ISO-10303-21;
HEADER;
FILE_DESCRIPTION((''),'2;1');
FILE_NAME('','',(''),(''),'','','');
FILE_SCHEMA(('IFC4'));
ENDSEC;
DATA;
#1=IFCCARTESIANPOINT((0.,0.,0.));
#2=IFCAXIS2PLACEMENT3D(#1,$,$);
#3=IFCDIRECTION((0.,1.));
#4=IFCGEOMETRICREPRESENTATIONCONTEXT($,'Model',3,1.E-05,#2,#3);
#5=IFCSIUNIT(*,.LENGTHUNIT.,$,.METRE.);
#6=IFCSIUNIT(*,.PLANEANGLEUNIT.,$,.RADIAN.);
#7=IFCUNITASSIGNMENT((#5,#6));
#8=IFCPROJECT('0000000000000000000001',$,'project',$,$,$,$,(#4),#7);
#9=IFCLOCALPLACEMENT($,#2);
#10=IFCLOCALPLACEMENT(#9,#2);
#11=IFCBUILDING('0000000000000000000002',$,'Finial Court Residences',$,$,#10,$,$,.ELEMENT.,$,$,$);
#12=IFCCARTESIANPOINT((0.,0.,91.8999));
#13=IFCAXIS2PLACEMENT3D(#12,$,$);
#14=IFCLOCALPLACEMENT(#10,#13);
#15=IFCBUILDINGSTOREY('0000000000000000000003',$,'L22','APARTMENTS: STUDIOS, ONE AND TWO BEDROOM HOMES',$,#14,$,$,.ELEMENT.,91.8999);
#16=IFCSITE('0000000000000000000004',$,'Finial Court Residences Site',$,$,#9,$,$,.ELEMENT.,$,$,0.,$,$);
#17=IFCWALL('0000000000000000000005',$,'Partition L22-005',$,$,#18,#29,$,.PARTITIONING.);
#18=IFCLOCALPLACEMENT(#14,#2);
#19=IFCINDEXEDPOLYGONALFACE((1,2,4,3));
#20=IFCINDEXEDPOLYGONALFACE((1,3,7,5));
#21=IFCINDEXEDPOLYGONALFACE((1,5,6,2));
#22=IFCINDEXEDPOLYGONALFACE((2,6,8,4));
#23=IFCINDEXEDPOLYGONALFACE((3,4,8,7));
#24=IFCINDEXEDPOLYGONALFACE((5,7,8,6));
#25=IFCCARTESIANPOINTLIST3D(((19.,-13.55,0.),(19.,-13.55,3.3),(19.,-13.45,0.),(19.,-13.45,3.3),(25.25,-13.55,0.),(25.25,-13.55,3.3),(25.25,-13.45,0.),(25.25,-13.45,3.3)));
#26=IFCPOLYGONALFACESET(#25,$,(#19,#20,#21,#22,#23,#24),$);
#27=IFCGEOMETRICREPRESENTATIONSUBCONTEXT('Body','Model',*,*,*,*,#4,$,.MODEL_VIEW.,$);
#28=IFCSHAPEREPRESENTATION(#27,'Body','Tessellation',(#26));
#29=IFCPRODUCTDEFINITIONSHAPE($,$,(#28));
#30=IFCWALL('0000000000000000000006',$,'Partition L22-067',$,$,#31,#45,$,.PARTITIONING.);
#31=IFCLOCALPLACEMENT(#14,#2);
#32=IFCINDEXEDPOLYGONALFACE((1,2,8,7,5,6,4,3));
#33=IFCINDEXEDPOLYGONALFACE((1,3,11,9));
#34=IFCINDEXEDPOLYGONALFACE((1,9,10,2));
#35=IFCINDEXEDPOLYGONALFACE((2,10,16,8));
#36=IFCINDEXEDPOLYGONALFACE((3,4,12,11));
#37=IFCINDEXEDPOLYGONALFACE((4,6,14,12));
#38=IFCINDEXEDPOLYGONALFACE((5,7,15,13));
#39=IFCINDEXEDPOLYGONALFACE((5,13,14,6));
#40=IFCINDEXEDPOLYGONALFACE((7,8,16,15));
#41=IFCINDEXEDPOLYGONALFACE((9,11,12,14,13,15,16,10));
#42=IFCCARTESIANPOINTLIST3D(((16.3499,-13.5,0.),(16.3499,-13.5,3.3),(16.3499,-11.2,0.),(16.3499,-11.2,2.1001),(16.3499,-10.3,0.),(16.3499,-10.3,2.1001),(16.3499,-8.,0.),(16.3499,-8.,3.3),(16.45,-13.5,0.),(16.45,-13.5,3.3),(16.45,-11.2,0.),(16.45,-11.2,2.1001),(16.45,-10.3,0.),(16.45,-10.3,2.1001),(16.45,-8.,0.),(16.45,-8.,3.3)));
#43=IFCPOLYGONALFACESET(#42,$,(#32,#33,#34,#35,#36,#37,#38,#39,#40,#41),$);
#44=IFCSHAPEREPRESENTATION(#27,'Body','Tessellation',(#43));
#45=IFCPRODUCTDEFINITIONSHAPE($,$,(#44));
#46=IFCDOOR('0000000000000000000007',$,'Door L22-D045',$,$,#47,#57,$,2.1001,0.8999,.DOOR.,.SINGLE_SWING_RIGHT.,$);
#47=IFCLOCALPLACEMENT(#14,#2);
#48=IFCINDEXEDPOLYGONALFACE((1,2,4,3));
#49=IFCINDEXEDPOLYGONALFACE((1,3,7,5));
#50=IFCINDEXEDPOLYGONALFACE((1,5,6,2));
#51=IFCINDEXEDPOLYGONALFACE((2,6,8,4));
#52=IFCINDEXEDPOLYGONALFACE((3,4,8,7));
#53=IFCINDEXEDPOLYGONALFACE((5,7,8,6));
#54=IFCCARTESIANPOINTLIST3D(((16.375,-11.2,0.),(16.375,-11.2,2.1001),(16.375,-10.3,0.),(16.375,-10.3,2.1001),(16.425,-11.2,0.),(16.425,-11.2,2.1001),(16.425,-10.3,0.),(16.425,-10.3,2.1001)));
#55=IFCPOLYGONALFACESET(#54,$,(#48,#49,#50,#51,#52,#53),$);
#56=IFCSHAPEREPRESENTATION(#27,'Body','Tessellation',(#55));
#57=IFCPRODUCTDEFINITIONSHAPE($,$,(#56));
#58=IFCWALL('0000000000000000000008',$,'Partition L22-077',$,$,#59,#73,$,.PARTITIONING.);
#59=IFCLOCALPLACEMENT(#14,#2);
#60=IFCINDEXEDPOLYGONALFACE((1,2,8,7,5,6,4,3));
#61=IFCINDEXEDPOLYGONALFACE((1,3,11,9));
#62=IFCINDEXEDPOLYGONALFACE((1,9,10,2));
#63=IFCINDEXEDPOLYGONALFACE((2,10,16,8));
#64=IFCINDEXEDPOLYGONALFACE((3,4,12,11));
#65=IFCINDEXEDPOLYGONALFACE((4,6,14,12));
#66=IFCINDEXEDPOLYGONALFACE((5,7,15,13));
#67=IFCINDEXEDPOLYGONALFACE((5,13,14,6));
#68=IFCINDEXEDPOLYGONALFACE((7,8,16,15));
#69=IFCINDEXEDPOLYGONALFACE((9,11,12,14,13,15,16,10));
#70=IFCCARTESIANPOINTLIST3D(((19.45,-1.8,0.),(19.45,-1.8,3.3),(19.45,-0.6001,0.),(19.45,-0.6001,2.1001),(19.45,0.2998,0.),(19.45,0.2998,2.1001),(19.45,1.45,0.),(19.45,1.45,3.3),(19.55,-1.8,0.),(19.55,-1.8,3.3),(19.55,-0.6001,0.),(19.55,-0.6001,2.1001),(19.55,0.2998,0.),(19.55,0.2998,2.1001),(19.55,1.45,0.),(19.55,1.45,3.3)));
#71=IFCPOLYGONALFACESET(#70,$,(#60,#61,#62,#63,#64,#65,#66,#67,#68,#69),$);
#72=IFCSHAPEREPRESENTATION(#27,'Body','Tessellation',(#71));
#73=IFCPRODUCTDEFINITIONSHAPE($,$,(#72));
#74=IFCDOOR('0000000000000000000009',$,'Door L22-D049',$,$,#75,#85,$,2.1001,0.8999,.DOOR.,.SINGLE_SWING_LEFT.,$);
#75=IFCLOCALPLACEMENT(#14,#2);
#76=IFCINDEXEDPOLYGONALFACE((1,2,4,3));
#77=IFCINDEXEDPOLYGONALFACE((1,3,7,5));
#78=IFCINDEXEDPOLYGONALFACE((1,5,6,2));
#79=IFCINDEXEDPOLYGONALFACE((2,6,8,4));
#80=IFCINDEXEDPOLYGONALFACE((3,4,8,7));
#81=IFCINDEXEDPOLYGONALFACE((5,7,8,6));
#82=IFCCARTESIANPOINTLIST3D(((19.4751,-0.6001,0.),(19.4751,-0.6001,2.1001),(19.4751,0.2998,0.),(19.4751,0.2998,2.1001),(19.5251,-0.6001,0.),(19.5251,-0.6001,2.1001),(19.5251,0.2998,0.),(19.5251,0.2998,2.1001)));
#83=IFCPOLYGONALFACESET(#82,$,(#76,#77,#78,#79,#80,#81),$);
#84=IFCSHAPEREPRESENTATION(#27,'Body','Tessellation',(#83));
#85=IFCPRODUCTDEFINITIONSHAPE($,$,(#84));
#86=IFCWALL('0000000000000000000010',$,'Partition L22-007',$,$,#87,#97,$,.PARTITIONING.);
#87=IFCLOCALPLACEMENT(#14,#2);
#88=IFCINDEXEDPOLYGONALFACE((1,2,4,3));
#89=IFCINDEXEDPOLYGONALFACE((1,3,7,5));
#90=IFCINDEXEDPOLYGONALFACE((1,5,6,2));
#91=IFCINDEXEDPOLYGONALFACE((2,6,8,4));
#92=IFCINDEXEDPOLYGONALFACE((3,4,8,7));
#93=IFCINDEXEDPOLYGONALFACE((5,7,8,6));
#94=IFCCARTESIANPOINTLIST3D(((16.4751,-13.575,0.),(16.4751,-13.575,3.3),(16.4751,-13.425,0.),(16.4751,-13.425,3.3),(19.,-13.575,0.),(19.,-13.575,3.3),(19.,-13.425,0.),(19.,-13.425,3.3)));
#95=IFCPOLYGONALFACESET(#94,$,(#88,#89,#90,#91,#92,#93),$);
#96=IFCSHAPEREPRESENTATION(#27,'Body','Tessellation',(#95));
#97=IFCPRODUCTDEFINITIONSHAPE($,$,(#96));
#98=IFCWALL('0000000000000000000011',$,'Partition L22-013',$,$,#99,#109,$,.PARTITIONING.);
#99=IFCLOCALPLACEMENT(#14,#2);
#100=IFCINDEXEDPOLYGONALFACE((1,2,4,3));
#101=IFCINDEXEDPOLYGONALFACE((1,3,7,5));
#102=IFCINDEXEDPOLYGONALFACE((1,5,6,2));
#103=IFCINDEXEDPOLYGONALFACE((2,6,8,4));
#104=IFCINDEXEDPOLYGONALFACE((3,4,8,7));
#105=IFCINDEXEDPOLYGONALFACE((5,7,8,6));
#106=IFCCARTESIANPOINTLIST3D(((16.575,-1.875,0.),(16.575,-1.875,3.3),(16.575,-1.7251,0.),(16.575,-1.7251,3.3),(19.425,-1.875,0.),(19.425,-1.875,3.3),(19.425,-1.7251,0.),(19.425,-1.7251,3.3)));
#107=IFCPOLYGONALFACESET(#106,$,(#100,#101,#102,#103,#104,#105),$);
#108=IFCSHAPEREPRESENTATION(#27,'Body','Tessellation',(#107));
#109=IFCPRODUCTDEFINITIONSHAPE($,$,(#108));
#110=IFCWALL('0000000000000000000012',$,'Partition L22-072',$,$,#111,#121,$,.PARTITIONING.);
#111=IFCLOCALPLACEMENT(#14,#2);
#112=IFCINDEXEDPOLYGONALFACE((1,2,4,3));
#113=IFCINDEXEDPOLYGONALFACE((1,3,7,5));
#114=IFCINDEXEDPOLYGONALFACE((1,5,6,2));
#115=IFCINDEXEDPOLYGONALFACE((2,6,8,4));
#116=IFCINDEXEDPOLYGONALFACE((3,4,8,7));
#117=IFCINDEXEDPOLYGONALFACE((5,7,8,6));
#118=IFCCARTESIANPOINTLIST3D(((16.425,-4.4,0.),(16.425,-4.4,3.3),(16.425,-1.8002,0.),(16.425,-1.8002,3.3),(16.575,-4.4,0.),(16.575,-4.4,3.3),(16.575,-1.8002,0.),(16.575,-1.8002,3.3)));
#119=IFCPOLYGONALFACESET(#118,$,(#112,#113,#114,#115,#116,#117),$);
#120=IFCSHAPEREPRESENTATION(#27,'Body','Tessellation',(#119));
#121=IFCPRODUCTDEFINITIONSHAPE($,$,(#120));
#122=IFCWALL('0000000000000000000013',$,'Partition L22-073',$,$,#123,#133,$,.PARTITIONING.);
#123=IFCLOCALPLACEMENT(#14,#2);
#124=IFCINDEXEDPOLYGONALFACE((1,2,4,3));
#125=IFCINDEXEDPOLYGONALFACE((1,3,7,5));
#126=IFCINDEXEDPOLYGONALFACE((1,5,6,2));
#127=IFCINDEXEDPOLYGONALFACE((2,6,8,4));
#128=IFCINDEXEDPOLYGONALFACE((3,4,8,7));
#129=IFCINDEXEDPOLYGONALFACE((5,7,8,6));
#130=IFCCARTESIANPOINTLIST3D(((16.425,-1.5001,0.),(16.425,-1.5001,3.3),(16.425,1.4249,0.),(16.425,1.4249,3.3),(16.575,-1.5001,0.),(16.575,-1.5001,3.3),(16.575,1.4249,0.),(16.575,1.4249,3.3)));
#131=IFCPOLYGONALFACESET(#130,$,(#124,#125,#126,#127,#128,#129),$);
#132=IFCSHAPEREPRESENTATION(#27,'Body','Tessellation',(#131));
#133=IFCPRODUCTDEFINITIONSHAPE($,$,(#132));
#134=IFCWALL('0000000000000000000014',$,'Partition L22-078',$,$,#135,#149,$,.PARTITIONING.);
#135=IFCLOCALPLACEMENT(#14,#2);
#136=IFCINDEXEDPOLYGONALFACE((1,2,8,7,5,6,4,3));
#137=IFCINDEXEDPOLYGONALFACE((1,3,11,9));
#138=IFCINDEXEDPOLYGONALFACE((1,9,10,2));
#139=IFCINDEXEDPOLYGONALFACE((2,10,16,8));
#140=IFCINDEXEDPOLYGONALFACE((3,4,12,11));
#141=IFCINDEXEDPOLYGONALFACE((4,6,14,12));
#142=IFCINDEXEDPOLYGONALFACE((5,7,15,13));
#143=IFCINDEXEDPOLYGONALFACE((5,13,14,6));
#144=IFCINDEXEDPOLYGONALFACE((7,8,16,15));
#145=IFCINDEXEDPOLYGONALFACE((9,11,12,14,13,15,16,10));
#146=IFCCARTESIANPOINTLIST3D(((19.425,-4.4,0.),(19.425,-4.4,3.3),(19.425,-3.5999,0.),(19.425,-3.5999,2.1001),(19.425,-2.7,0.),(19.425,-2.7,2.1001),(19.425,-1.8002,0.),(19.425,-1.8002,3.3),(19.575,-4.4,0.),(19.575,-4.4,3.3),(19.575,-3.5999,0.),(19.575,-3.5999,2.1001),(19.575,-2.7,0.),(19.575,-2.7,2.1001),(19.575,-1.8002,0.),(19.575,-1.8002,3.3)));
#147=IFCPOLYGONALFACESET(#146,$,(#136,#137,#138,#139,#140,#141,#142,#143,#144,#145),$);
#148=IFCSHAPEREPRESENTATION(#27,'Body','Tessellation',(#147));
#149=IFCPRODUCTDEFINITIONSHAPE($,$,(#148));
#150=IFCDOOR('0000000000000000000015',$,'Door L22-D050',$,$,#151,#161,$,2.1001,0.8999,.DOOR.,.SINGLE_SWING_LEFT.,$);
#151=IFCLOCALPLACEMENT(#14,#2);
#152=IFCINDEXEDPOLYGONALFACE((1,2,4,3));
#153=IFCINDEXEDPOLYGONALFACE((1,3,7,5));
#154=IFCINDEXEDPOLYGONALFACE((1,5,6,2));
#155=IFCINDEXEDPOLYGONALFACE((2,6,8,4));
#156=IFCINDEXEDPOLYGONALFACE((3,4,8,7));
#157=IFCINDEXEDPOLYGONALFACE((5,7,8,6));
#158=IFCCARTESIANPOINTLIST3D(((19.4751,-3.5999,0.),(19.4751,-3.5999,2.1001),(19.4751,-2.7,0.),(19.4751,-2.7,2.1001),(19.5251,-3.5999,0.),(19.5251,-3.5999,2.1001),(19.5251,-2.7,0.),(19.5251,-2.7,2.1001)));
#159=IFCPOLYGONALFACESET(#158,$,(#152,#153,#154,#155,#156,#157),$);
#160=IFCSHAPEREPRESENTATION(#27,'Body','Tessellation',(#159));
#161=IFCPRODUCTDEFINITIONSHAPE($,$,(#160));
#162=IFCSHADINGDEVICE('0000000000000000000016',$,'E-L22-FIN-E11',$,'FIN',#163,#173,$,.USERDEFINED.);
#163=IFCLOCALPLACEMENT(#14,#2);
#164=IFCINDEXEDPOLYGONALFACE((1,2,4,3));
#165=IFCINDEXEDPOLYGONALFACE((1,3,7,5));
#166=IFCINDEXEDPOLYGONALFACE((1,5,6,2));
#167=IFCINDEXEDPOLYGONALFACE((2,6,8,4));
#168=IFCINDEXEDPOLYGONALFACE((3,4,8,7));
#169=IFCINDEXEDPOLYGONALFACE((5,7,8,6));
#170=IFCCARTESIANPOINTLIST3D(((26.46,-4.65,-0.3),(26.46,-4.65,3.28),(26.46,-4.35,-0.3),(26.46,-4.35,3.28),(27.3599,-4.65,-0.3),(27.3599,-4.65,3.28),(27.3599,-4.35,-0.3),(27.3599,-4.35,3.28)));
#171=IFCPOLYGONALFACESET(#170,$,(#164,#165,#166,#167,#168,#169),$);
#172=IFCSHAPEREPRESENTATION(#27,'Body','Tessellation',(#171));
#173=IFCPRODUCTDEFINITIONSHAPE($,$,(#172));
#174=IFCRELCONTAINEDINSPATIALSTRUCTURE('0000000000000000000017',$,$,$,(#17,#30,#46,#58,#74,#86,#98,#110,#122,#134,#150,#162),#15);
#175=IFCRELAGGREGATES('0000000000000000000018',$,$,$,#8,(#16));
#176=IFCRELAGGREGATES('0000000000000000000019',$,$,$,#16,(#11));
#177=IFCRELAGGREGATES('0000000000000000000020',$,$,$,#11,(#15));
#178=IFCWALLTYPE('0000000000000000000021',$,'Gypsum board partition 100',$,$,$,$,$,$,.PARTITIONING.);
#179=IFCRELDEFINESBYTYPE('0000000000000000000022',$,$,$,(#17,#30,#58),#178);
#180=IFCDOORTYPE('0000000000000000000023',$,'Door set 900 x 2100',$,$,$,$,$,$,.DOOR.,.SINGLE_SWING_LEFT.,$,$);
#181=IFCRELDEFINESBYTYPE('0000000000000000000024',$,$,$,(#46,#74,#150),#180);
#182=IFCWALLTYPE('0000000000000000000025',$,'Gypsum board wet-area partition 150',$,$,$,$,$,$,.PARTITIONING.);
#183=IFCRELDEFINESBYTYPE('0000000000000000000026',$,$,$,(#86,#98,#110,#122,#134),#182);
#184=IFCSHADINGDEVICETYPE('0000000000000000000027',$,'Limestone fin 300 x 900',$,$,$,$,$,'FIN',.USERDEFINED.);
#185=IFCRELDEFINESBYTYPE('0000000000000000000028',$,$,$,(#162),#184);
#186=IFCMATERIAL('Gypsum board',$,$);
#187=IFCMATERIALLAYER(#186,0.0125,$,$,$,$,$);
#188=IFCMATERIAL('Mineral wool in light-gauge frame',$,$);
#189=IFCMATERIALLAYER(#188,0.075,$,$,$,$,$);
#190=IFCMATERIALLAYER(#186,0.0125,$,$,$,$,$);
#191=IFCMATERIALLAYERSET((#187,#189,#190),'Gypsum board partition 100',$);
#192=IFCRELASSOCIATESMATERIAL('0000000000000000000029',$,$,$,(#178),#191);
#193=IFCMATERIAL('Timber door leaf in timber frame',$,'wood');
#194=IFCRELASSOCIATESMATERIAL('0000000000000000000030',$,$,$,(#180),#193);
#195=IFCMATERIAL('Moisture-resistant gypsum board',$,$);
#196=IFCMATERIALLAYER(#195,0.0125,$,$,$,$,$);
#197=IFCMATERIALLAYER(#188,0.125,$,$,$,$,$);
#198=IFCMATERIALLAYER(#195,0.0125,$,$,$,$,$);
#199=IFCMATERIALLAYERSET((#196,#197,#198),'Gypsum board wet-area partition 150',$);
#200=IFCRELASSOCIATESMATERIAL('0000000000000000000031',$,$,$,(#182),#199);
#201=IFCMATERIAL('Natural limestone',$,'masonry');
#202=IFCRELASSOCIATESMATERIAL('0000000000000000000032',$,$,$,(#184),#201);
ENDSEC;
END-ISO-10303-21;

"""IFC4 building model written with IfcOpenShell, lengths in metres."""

from ifc_helpers import new_model, si_unit, direction, frame, frame_2d, origin, origin_2d, place, context, subcontext, project, spatial, rectangle, extrude, material, layer, layer_set, type_object, element, fill, save


model = new_model("IFC4")

# Units and contexts
model_context = context("Model", 3, precision=1e-05, world=origin(), true_north=direction((0.0, 1.0)))
body_context = subcontext(model_context, "Body", "Model", "MODEL_VIEW")
ifc_project = project(units=[si_unit("LENGTHUNIT", "METRE"), si_unit("PLANEANGLEUNIT", "RADIAN")], contexts=[model_context])

# Site, building, storey
site_placement = place(None, origin())
site = spatial("IfcSite", under=ifc_project, at=site_placement, Name="Finial Court Residences Site", CompositionType="ELEMENT", RefElevation=0.0)
building_placement = place(site_placement, origin())
building = spatial("IfcBuilding", under=site, at=building_placement, Name="Finial Court Residences", CompositionType="ELEMENT")
storey_placement = place(building_placement, frame((0.0, 0.0, 91.8999)))
storey = spatial("IfcBuildingStorey", under=building, at=storey_placement, Name="L22", Description="APARTMENTS: STUDIOS, ONE AND TWO BEDROOM HOMES", CompositionType="ELEMENT", Elevation=91.8999)

# Wall
ifc_material_1 = material(Name="Gypsum board")
ifc_layer_1 = layer(ifc_material_1, 0.0125)
ifc_material_2 = material(Name="Mineral wool in light-gauge frame")
ifc_layer_2 = layer(ifc_material_2, 0.075)
ifc_layer_3 = layer(ifc_material_1, 0.0125)
ifc_layer_set_1 = layer_set([ifc_layer_1, ifc_layer_2, ifc_layer_3], Name="Gypsum board partition 100")
wall_type_1 = type_object("IfcWallType", Name="Gypsum board partition 100", PredefinedType="PARTITIONING", material=ifc_layer_set_1)
wall_1_placement = place(storey_placement, frame((19.0, -13.5, 0.0), z_axis=(0.0, 0.0, 1.0), x_axis=(1.0, 0.0, 0.0)))
element("IfcWall", 1, at=wall_1_placement, inside=storey, type_object=wall_type_1, Name="Partition L22-005", PredefinedType="PARTITIONING", context=body_context, shape_type="SweptSolid", body=[
    extrude(rectangle(XDim=6.25, YDim=0.1001, at=frame_2d((3.125, 0.0))), origin(), (0.0, 0.0, 1.0), 3.3),
])

# Walls, openings, doors
wall_2_placement = place(storey_placement, frame((16.3999, -13.5, 0.0), z_axis=(0.0, 0.0, 1.0), x_axis=(0.0, 1.0, 0.0)))
wall_2 = element("IfcWall", 2, at=wall_2_placement, inside=storey, type_object=wall_type_1, Name="Partition L22-067", PredefinedType="PARTITIONING", context=body_context, shape_type="SweptSolid", body=[
    extrude(rectangle(XDim=5.5, YDim=0.1001, at=frame_2d((2.75, 0.0))), origin(), (0.0, 0.0, 1.0), 3.3),
])
opening_1_placement = place(wall_2_placement, frame((2.3, 0.0, 0.0)))
opening_1 = element("IfcOpeningElement", 3, at=opening_1_placement, cuts=wall_2, PredefinedType="OPENING", context=body_context, shape_type="SweptSolid", body=[
    extrude(rectangle(XDim=0.8999, YDim=2.1001, at=frame_2d((0.45, 1.05))), frame((0.0, 0.0601, 0.0), z_axis=(0.0, -1.0, 0.0), x_axis=(1.0, 0.0, 0.0)), (0.0, 0.0, 1.0), 0.1201),
])
ifc_material_3 = material(Name="Timber door leaf in timber frame", Category="wood")
door_type = type_object("IfcDoorType", Name="Door set 900 x 2100", OperationType="SINGLE_SWING_LEFT", PredefinedType="DOOR", material=ifc_material_3)
door_1_placement = place(opening_1_placement, origin())
door_1 = element("IfcDoor", 4, at=door_1_placement, inside=storey, type_object=door_type, Name="Door L22-D045", OperationType="SINGLE_SWING_RIGHT", OverallHeight=2.1001, OverallWidth=0.8999, PredefinedType="DOOR", context=body_context, shape_type="SweptSolid", body=[
    extrude(rectangle(XDim=0.8999, YDim=2.1001, at=frame_2d((0.45, 1.05))), frame((0.0, 0.0249, 0.0), z_axis=(0.0, -1.0, 0.0), x_axis=(1.0, 0.0, 0.0)), (0.0, 0.0, 1.0), 0.05),
])
fill(opening_1, door_1)
wall_3_placement = place(storey_placement, frame((19.5, -1.8, 0.0), z_axis=(0.0, 0.0, 1.0), x_axis=(0.0, 1.0, 0.0)))
wall_3 = element("IfcWall", 5, at=wall_3_placement, inside=storey, type_object=wall_type_1, Name="Partition L22-077", PredefinedType="PARTITIONING", context=body_context, shape_type="SweptSolid", body=[
    extrude(rectangle(XDim=3.25, YDim=0.1001, at=frame_2d((1.625, 0.0))), origin(), (0.0, 0.0, 1.0), 3.3),
])
opening_2_placement = place(wall_3_placement, frame((1.2, 0.0, 0.0)))
opening_2 = element("IfcOpeningElement", 6, at=opening_2_placement, cuts=wall_3, PredefinedType="OPENING", context=body_context, shape_type="SweptSolid", body=[
    extrude(rectangle(XDim=0.8999, YDim=2.1001, at=frame_2d((0.45, 1.05))), frame((0.0, 0.0601, 0.0), z_axis=(0.0, -1.0, 0.0), x_axis=(1.0, 0.0, 0.0)), (0.0, 0.0, 1.0), 0.1201),
])
door_2_placement = place(opening_2_placement, origin())
door_2 = element("IfcDoor", 7, at=door_2_placement, inside=storey, type_object=door_type, Name="Door L22-D049", OperationType="SINGLE_SWING_LEFT", OverallHeight=2.1001, OverallWidth=0.8999, PredefinedType="DOOR", context=body_context, shape_type="SweptSolid", body=[
    extrude(rectangle(XDim=0.8999, YDim=2.1001, at=frame_2d((0.45, 1.05))), frame((0.0, 0.0249, 0.0), z_axis=(0.0, -1.0, 0.0), x_axis=(1.0, 0.0, 0.0)), (0.0, 0.0, 1.0), 0.05),
])
fill(opening_2, door_2)

# Walls
ifc_material_4 = material(Name="Moisture-resistant gypsum board")
ifc_layer_4 = layer(ifc_material_4, 0.0125)
ifc_layer_5 = layer(ifc_material_2, 0.125)
ifc_layer_6 = layer(ifc_material_4, 0.0125)
ifc_layer_set_2 = layer_set([ifc_layer_4, ifc_layer_5, ifc_layer_6], Name="Gypsum board wet-area partition 150")
wall_type_2 = type_object("IfcWallType", Name="Gypsum board wet-area partition 150", PredefinedType="PARTITIONING", material=ifc_layer_set_2)
wall_4_placement = place(storey_placement, frame((16.4751, -13.5, 0.0), z_axis=(0.0, 0.0, 1.0), x_axis=(1.0, 0.0, 0.0)))
element("IfcWall", 8, at=wall_4_placement, inside=storey, type_object=wall_type_2, Name="Partition L22-007", PredefinedType="PARTITIONING", context=body_context, shape_type="SweptSolid", body=[
    extrude(rectangle(XDim=2.5249, YDim=0.1499, at=frame_2d((1.2625, 0.0))), origin(), (0.0, 0.0, 1.0), 3.3),
])
wall_5_placement = place(storey_placement, frame((16.575, -1.8, 0.0), z_axis=(0.0, 0.0, 1.0), x_axis=(1.0, 0.0, 0.0)))
element("IfcWall", 9, at=wall_5_placement, inside=storey, type_object=wall_type_2, Name="Partition L22-013", PredefinedType="PARTITIONING", context=body_context, shape_type="SweptSolid", body=[
    extrude(rectangle(XDim=2.8501, YDim=0.1499, at=frame_2d((1.425, 0.0))), origin(), (0.0, 0.0, 1.0), 3.3),
])
wall_6_placement = place(storey_placement, frame((16.5, -4.3999, 0.0), z_axis=(0.0, 0.0, 1.0), x_axis=(0.0, 1.0, 0.0)))
element("IfcWall", 10, at=wall_6_placement, inside=storey, type_object=wall_type_2, Name="Partition L22-072", PredefinedType="PARTITIONING", context=body_context, shape_type="SweptSolid", body=[
    extrude(rectangle(XDim=2.5999, YDim=0.1499, at=frame_2d((1.2998, 0.0))), origin(), (0.0, 0.0, 1.0), 3.3),
])
wall_7_placement = place(storey_placement, frame((16.5, -1.5, 0.0), z_axis=(0.0, 0.0, 1.0), x_axis=(0.0, 1.0, 0.0)))
element("IfcWall", 11, at=wall_7_placement, inside=storey, type_object=wall_type_2, Name="Partition L22-073", PredefinedType="PARTITIONING", context=body_context, shape_type="SweptSolid", body=[
    extrude(rectangle(XDim=2.925, YDim=0.1499, at=frame_2d((1.4624, 0.0))), origin(), (0.0, 0.0, 1.0), 3.3),
])

# Wall, opening, door
wall_8_placement = place(storey_placement, frame((19.5, -4.3999, 0.0), z_axis=(0.0, 0.0, 1.0), x_axis=(0.0, 1.0, 0.0)))
wall_8 = element("IfcWall", 12, at=wall_8_placement, inside=storey, type_object=wall_type_2, Name="Partition L22-078", PredefinedType="PARTITIONING", context=body_context, shape_type="SweptSolid", body=[
    extrude(rectangle(XDim=2.5999, YDim=0.1499, at=frame_2d((1.2998, 0.0))), origin(), (0.0, 0.0, 1.0), 3.3),
])
opening_3_placement = place(wall_8_placement, frame((0.8, 0.0, 0.0)))
opening_3 = element("IfcOpeningElement", 13, at=opening_3_placement, cuts=wall_8, PredefinedType="OPENING", context=body_context, shape_type="SweptSolid", body=[
    extrude(rectangle(XDim=0.8999, YDim=2.1001, at=frame_2d((0.45, 1.05))), frame((0.0, 0.085, 0.0), z_axis=(0.0, -1.0, 0.0), x_axis=(1.0, 0.0, 0.0)), (0.0, 0.0, 1.0), 0.1699),
])
door_3_placement = place(opening_3_placement, origin())
door_3 = element("IfcDoor", 14, at=door_3_placement, inside=storey, type_object=door_type, Name="Door L22-D050", OperationType="SINGLE_SWING_LEFT", OverallHeight=2.1001, OverallWidth=0.8999, PredefinedType="DOOR", context=body_context, shape_type="SweptSolid", body=[
    extrude(rectangle(XDim=0.8999, YDim=2.1001, at=frame_2d((0.45, 1.05))), frame((0.0, 0.0249, 0.0), z_axis=(0.0, -1.0, 0.0), x_axis=(1.0, 0.0, 0.0)), (0.0, 0.0, 1.0), 0.05),
])
fill(opening_3, door_3)

# Shading device
ifc_material_5 = material(Name="Natural limestone", Category="masonry")
shading_device_type = type_object("IfcShadingDeviceType", Name="Limestone fin 300 x 900", ElementType="FIN", PredefinedType="USERDEFINED", material=ifc_material_5)
shading_device_placement = place(storey_placement, frame((26.9099, -4.5, -0.3), z_axis=(0.0, 0.0, 1.0), x_axis=(1.0, 0.0, 0.0)))
element("IfcShadingDevice", 15, at=shading_device_placement, inside=storey, type_object=shading_device_type, Name="E-L22-FIN-E11", ObjectType="FIN", PredefinedType="USERDEFINED", context=body_context, shape_type="SweptSolid", body=[
    extrude(rectangle(XDim=0.8999, YDim=0.3, at=origin_2d()), origin(), (0.0, 0.0, 1.0), 3.5801),
])

save(model, "model.ifc")
